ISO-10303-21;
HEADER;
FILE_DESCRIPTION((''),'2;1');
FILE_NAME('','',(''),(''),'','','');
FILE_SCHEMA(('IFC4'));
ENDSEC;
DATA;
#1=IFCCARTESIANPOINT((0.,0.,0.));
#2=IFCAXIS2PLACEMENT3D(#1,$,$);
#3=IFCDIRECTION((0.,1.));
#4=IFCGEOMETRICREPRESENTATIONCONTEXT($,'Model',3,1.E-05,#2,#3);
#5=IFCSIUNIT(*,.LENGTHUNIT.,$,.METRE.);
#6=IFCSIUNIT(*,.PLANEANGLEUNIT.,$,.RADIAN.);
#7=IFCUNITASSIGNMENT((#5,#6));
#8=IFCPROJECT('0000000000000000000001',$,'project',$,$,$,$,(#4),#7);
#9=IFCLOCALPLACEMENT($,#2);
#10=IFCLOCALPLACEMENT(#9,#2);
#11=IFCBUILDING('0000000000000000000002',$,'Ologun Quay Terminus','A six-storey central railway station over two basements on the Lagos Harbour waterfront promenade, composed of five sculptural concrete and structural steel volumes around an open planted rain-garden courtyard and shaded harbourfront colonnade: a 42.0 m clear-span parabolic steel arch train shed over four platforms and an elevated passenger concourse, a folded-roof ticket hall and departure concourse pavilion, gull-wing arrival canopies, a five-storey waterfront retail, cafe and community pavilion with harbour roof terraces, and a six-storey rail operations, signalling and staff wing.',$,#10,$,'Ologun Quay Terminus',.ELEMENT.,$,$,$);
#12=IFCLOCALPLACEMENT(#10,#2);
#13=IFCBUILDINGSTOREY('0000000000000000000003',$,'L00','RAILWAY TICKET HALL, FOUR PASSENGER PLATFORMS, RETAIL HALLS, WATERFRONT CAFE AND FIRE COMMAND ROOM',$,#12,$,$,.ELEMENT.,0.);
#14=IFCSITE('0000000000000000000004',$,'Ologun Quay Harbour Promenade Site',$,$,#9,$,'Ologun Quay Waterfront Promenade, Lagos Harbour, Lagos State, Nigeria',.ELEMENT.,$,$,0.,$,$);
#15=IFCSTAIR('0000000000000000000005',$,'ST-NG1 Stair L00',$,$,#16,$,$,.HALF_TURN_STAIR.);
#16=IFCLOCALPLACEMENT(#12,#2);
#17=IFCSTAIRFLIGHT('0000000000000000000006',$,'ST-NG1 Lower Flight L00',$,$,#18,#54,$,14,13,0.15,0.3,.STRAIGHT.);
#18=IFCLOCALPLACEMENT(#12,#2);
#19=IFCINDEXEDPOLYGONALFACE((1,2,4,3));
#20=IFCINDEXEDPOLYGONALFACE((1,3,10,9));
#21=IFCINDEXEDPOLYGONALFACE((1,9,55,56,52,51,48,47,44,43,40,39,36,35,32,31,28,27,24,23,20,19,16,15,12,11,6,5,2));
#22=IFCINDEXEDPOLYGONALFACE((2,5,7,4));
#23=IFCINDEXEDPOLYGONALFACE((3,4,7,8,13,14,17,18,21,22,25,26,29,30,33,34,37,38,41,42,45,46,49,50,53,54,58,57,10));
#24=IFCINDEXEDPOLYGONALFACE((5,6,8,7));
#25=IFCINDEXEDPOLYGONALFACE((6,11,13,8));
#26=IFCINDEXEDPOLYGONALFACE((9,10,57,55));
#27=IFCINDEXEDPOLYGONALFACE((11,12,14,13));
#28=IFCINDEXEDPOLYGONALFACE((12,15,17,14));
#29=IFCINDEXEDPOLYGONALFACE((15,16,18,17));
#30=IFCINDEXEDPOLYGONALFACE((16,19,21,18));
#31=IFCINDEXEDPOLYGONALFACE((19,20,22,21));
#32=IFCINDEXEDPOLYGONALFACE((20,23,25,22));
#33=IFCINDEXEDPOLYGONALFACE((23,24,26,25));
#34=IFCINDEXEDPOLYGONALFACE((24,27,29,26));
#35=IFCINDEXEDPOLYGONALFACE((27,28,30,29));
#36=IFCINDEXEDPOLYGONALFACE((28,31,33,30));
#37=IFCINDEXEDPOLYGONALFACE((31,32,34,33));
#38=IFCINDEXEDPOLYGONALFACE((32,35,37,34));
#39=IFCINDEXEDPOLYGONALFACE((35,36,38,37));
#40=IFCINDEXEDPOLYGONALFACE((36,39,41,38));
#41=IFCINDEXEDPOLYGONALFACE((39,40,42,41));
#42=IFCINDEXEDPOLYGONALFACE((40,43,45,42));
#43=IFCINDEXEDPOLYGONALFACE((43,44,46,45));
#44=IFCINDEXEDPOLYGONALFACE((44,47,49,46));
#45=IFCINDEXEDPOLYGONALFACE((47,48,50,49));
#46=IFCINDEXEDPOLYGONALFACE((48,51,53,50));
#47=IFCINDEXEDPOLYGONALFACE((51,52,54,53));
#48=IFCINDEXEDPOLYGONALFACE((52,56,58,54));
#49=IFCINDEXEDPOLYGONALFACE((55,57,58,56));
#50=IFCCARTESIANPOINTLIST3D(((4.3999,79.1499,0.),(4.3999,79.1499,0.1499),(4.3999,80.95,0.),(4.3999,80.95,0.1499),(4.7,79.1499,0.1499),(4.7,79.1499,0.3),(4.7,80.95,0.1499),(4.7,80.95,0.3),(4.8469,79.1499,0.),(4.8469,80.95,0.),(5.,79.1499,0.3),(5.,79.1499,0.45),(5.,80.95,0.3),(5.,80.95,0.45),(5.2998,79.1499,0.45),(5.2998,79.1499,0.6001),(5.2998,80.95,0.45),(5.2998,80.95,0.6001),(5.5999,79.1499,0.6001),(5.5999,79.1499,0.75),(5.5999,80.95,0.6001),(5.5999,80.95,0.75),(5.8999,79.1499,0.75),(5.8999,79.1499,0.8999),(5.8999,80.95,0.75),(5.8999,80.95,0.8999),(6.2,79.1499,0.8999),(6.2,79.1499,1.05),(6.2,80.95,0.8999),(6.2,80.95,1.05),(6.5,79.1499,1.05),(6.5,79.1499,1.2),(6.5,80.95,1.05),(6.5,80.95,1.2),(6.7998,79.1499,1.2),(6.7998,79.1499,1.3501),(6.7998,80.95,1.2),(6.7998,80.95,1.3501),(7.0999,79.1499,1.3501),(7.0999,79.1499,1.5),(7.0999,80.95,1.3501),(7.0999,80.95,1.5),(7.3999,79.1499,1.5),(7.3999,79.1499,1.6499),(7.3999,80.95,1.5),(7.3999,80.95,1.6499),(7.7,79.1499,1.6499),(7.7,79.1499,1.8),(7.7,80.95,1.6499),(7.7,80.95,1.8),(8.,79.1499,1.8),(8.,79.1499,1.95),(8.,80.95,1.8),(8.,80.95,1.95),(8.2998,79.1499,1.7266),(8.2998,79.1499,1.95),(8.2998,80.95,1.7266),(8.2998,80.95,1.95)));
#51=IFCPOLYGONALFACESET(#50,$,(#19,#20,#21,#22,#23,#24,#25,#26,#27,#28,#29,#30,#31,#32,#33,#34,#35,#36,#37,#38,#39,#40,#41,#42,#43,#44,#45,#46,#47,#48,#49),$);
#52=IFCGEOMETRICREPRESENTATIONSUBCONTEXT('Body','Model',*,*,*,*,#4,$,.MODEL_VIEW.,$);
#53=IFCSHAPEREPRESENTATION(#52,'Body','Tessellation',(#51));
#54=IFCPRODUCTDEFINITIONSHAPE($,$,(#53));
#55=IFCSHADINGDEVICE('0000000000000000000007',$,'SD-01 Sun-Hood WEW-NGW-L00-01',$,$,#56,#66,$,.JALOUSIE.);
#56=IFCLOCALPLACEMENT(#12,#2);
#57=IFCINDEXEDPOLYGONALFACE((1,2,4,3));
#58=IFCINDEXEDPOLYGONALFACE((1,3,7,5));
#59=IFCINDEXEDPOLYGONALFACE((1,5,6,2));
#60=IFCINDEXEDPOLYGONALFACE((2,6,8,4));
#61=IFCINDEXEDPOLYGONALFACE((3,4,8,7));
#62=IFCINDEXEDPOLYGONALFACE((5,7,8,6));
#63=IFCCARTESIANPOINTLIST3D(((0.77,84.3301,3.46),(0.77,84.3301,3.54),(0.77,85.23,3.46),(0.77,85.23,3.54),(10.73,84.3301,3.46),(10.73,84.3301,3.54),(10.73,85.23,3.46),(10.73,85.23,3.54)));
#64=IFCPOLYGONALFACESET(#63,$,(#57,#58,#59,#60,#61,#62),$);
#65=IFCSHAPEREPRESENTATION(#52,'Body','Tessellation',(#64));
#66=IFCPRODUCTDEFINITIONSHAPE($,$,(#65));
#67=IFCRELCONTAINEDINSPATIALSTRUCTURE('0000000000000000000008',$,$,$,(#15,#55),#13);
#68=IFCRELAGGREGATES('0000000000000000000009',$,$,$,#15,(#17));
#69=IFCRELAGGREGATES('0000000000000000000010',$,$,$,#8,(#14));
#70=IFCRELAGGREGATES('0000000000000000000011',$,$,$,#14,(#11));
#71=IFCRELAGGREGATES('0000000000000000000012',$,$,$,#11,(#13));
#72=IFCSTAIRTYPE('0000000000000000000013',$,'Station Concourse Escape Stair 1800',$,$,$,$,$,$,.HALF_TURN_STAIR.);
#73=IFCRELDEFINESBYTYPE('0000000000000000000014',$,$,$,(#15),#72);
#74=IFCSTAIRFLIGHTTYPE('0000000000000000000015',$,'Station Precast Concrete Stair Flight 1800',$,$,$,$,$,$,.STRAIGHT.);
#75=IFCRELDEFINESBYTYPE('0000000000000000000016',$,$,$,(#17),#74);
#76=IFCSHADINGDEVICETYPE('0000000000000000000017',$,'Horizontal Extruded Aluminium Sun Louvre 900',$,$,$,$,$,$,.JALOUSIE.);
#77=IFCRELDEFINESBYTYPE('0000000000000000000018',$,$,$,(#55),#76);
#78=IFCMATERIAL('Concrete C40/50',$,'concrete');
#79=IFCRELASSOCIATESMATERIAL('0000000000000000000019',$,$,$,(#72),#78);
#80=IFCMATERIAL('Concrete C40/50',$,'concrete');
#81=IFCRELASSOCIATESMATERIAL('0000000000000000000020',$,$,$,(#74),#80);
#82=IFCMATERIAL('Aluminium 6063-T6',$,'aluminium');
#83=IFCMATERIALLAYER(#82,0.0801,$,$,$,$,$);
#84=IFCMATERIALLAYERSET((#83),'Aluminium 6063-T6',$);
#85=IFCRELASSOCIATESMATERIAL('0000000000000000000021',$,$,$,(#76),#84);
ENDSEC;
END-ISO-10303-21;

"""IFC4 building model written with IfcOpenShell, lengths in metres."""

from ifc_helpers import new_model, si_unit, direction, frame, origin, origin_2d, place, context, subcontext, project, spatial, polyline, rectangle, outline, extrude, material, layer, layer_set, type_object, element, aggregate, save


model = new_model("IFC4")

# Units and contexts
model_context = context("Model", 3, precision=1e-05, world=origin(), true_north=direction((0.0, 1.0)))
body_context = subcontext(model_context, "Body", "Model", "MODEL_VIEW")
ifc_project = project(units=[si_unit("LENGTHUNIT", "METRE"), si_unit("PLANEANGLEUNIT", "RADIAN")], contexts=[model_context])

# Site, building, storey
site_placement = place(None, origin())
site = spatial("IfcSite", under=ifc_project, at=site_placement, Name="Ologun Quay Harbour Promenade Site", LongName="Ologun Quay Waterfront Promenade, Lagos Harbour, Lagos State, Nigeria", CompositionType="ELEMENT", RefElevation=0.0)
building_placement = place(site_placement, origin())
building = spatial("IfcBuilding", under=site, at=building_placement, Name="Ologun Quay Terminus", Description="A six-storey central railway station over two basements on the Lagos Harbour waterfront promenade, composed of five sculptural concrete and structural steel volumes around an open planted rain-garden courtyard and shaded harbourfront colonnade: a 42.0 m clear-span parabolic steel arch train shed over four platforms and an elevated passenger concourse, a folded-roof ticket hall and departure concourse pavilion, gull-wing arrival canopies, a five-storey waterfront retail, cafe and community pavilion with harbour roof terraces, and a six-storey rail operations, signalling and staff wing.", LongName="Ologun Quay Terminus", CompositionType="ELEMENT")
storey_placement = place(building_placement, origin())
storey = spatial("IfcBuildingStorey", under=building, at=storey_placement, Name="L00", Description="RAILWAY TICKET HALL, FOUR PASSENGER PLATFORMS, RETAIL HALLS, WATERFRONT CAFE AND FIRE COMMAND ROOM", CompositionType="ELEMENT", Elevation=0.0)

# Stair, stair flight
ifc_material_1 = material(Name="Concrete C40/50", Category="concrete")
stair_type = type_object("IfcStairType", Name="Station Concourse Escape Stair 1800", PredefinedType="HALF_TURN_STAIR", material=ifc_material_1)
stair_placement = place(storey_placement, origin())
stair = element("IfcStair", 1, at=stair_placement, inside=storey, type_object=stair_type, Name="ST-NG1 Stair L00", PredefinedType="HALF_TURN_STAIR")
ifc_material_2 = material(Name="Concrete C40/50", Category="concrete")
stair_flight_type = type_object("IfcStairFlightType", Name="Station Precast Concrete Stair Flight 1800", PredefinedType="STRAIGHT", material=ifc_material_2)
stair_flight_placement = place(storey_placement, frame((4.3999, 80.05, 0.0), z_axis=(0.0, 0.0, 1.0), x_axis=(1.0, 0.0, 0.0)))
stair_flight = element("IfcStairFlight", 2, at=stair_flight_placement, type_object=stair_flight_type, Name="ST-NG1 Lower Flight L00", NumberOfRisers=14, NumberOfTreads=13, PredefinedType="STRAIGHT", RiserHeight=0.15, TreadLength=0.3, context=body_context, shape_type="SweptSolid", body=[
    extrude(outline(polyline([(0.0, 0.0), (0.0, 0.1499), (0.3, 0.1499), (0.3, 0.3), (0.6001, 0.3), (0.6001, 0.45), (0.8999, 0.45), (0.8999, 0.6001), (1.2, 0.6001), (1.2, 0.75), (1.5, 0.75), (1.5, 0.8999), (1.8, 0.8999), (1.8, 1.05), (2.1001, 1.05), (2.1001, 1.2), (2.3999, 1.2), (2.3999, 1.3501), (2.7, 1.3501), (2.7, 1.5), (3.0, 1.5), (3.0, 1.6499), (3.3, 1.6499), (3.3, 1.8), (3.6001, 1.8), (3.6001, 1.95), (3.8999, 1.95), (3.8999, 2.1001), (3.8999, 1.7266), (0.447, 0.0), (0.0, 0.0)])), frame((0.0, 0.8999, 0.0), z_axis=(0.0, -1.0, 0.0), x_axis=(1.0, 0.0, 0.0)), (0.0, 0.0, 1.0), 1.8),
])
aggregate(stair, [stair_flight])

# Shading device
ifc_material_3 = material(Name="Aluminium 6063-T6", Category="aluminium")
ifc_layer_1 = layer(ifc_material_3, 0.0801)
ifc_layer_set_1 = layer_set([ifc_layer_1], Name="Aluminium 6063-T6")
shading_device_type = type_object("IfcShadingDeviceType", Name="Horizontal Extruded Aluminium Sun Louvre 900", PredefinedType="JALOUSIE", material=ifc_layer_set_1)
shading_device_placement = place(storey_placement, frame((5.75, 84.78, 3.46), z_axis=(0.0, 0.0, 1.0), x_axis=(1.0, 0.0, 0.0)))
element("IfcShadingDevice", 3, at=shading_device_placement, inside=storey, type_object=shading_device_type, Name="SD-01 Sun-Hood WEW-NGW-L00-01", PredefinedType="JALOUSIE", context=body_context, shape_type="SweptSolid", body=[
    extrude(rectangle(XDim=9.96, YDim=0.8999, at=origin_2d()), origin(), (0.0, 0.0, 1.0), 0.0801),
])

save(model, "model.ifc")
